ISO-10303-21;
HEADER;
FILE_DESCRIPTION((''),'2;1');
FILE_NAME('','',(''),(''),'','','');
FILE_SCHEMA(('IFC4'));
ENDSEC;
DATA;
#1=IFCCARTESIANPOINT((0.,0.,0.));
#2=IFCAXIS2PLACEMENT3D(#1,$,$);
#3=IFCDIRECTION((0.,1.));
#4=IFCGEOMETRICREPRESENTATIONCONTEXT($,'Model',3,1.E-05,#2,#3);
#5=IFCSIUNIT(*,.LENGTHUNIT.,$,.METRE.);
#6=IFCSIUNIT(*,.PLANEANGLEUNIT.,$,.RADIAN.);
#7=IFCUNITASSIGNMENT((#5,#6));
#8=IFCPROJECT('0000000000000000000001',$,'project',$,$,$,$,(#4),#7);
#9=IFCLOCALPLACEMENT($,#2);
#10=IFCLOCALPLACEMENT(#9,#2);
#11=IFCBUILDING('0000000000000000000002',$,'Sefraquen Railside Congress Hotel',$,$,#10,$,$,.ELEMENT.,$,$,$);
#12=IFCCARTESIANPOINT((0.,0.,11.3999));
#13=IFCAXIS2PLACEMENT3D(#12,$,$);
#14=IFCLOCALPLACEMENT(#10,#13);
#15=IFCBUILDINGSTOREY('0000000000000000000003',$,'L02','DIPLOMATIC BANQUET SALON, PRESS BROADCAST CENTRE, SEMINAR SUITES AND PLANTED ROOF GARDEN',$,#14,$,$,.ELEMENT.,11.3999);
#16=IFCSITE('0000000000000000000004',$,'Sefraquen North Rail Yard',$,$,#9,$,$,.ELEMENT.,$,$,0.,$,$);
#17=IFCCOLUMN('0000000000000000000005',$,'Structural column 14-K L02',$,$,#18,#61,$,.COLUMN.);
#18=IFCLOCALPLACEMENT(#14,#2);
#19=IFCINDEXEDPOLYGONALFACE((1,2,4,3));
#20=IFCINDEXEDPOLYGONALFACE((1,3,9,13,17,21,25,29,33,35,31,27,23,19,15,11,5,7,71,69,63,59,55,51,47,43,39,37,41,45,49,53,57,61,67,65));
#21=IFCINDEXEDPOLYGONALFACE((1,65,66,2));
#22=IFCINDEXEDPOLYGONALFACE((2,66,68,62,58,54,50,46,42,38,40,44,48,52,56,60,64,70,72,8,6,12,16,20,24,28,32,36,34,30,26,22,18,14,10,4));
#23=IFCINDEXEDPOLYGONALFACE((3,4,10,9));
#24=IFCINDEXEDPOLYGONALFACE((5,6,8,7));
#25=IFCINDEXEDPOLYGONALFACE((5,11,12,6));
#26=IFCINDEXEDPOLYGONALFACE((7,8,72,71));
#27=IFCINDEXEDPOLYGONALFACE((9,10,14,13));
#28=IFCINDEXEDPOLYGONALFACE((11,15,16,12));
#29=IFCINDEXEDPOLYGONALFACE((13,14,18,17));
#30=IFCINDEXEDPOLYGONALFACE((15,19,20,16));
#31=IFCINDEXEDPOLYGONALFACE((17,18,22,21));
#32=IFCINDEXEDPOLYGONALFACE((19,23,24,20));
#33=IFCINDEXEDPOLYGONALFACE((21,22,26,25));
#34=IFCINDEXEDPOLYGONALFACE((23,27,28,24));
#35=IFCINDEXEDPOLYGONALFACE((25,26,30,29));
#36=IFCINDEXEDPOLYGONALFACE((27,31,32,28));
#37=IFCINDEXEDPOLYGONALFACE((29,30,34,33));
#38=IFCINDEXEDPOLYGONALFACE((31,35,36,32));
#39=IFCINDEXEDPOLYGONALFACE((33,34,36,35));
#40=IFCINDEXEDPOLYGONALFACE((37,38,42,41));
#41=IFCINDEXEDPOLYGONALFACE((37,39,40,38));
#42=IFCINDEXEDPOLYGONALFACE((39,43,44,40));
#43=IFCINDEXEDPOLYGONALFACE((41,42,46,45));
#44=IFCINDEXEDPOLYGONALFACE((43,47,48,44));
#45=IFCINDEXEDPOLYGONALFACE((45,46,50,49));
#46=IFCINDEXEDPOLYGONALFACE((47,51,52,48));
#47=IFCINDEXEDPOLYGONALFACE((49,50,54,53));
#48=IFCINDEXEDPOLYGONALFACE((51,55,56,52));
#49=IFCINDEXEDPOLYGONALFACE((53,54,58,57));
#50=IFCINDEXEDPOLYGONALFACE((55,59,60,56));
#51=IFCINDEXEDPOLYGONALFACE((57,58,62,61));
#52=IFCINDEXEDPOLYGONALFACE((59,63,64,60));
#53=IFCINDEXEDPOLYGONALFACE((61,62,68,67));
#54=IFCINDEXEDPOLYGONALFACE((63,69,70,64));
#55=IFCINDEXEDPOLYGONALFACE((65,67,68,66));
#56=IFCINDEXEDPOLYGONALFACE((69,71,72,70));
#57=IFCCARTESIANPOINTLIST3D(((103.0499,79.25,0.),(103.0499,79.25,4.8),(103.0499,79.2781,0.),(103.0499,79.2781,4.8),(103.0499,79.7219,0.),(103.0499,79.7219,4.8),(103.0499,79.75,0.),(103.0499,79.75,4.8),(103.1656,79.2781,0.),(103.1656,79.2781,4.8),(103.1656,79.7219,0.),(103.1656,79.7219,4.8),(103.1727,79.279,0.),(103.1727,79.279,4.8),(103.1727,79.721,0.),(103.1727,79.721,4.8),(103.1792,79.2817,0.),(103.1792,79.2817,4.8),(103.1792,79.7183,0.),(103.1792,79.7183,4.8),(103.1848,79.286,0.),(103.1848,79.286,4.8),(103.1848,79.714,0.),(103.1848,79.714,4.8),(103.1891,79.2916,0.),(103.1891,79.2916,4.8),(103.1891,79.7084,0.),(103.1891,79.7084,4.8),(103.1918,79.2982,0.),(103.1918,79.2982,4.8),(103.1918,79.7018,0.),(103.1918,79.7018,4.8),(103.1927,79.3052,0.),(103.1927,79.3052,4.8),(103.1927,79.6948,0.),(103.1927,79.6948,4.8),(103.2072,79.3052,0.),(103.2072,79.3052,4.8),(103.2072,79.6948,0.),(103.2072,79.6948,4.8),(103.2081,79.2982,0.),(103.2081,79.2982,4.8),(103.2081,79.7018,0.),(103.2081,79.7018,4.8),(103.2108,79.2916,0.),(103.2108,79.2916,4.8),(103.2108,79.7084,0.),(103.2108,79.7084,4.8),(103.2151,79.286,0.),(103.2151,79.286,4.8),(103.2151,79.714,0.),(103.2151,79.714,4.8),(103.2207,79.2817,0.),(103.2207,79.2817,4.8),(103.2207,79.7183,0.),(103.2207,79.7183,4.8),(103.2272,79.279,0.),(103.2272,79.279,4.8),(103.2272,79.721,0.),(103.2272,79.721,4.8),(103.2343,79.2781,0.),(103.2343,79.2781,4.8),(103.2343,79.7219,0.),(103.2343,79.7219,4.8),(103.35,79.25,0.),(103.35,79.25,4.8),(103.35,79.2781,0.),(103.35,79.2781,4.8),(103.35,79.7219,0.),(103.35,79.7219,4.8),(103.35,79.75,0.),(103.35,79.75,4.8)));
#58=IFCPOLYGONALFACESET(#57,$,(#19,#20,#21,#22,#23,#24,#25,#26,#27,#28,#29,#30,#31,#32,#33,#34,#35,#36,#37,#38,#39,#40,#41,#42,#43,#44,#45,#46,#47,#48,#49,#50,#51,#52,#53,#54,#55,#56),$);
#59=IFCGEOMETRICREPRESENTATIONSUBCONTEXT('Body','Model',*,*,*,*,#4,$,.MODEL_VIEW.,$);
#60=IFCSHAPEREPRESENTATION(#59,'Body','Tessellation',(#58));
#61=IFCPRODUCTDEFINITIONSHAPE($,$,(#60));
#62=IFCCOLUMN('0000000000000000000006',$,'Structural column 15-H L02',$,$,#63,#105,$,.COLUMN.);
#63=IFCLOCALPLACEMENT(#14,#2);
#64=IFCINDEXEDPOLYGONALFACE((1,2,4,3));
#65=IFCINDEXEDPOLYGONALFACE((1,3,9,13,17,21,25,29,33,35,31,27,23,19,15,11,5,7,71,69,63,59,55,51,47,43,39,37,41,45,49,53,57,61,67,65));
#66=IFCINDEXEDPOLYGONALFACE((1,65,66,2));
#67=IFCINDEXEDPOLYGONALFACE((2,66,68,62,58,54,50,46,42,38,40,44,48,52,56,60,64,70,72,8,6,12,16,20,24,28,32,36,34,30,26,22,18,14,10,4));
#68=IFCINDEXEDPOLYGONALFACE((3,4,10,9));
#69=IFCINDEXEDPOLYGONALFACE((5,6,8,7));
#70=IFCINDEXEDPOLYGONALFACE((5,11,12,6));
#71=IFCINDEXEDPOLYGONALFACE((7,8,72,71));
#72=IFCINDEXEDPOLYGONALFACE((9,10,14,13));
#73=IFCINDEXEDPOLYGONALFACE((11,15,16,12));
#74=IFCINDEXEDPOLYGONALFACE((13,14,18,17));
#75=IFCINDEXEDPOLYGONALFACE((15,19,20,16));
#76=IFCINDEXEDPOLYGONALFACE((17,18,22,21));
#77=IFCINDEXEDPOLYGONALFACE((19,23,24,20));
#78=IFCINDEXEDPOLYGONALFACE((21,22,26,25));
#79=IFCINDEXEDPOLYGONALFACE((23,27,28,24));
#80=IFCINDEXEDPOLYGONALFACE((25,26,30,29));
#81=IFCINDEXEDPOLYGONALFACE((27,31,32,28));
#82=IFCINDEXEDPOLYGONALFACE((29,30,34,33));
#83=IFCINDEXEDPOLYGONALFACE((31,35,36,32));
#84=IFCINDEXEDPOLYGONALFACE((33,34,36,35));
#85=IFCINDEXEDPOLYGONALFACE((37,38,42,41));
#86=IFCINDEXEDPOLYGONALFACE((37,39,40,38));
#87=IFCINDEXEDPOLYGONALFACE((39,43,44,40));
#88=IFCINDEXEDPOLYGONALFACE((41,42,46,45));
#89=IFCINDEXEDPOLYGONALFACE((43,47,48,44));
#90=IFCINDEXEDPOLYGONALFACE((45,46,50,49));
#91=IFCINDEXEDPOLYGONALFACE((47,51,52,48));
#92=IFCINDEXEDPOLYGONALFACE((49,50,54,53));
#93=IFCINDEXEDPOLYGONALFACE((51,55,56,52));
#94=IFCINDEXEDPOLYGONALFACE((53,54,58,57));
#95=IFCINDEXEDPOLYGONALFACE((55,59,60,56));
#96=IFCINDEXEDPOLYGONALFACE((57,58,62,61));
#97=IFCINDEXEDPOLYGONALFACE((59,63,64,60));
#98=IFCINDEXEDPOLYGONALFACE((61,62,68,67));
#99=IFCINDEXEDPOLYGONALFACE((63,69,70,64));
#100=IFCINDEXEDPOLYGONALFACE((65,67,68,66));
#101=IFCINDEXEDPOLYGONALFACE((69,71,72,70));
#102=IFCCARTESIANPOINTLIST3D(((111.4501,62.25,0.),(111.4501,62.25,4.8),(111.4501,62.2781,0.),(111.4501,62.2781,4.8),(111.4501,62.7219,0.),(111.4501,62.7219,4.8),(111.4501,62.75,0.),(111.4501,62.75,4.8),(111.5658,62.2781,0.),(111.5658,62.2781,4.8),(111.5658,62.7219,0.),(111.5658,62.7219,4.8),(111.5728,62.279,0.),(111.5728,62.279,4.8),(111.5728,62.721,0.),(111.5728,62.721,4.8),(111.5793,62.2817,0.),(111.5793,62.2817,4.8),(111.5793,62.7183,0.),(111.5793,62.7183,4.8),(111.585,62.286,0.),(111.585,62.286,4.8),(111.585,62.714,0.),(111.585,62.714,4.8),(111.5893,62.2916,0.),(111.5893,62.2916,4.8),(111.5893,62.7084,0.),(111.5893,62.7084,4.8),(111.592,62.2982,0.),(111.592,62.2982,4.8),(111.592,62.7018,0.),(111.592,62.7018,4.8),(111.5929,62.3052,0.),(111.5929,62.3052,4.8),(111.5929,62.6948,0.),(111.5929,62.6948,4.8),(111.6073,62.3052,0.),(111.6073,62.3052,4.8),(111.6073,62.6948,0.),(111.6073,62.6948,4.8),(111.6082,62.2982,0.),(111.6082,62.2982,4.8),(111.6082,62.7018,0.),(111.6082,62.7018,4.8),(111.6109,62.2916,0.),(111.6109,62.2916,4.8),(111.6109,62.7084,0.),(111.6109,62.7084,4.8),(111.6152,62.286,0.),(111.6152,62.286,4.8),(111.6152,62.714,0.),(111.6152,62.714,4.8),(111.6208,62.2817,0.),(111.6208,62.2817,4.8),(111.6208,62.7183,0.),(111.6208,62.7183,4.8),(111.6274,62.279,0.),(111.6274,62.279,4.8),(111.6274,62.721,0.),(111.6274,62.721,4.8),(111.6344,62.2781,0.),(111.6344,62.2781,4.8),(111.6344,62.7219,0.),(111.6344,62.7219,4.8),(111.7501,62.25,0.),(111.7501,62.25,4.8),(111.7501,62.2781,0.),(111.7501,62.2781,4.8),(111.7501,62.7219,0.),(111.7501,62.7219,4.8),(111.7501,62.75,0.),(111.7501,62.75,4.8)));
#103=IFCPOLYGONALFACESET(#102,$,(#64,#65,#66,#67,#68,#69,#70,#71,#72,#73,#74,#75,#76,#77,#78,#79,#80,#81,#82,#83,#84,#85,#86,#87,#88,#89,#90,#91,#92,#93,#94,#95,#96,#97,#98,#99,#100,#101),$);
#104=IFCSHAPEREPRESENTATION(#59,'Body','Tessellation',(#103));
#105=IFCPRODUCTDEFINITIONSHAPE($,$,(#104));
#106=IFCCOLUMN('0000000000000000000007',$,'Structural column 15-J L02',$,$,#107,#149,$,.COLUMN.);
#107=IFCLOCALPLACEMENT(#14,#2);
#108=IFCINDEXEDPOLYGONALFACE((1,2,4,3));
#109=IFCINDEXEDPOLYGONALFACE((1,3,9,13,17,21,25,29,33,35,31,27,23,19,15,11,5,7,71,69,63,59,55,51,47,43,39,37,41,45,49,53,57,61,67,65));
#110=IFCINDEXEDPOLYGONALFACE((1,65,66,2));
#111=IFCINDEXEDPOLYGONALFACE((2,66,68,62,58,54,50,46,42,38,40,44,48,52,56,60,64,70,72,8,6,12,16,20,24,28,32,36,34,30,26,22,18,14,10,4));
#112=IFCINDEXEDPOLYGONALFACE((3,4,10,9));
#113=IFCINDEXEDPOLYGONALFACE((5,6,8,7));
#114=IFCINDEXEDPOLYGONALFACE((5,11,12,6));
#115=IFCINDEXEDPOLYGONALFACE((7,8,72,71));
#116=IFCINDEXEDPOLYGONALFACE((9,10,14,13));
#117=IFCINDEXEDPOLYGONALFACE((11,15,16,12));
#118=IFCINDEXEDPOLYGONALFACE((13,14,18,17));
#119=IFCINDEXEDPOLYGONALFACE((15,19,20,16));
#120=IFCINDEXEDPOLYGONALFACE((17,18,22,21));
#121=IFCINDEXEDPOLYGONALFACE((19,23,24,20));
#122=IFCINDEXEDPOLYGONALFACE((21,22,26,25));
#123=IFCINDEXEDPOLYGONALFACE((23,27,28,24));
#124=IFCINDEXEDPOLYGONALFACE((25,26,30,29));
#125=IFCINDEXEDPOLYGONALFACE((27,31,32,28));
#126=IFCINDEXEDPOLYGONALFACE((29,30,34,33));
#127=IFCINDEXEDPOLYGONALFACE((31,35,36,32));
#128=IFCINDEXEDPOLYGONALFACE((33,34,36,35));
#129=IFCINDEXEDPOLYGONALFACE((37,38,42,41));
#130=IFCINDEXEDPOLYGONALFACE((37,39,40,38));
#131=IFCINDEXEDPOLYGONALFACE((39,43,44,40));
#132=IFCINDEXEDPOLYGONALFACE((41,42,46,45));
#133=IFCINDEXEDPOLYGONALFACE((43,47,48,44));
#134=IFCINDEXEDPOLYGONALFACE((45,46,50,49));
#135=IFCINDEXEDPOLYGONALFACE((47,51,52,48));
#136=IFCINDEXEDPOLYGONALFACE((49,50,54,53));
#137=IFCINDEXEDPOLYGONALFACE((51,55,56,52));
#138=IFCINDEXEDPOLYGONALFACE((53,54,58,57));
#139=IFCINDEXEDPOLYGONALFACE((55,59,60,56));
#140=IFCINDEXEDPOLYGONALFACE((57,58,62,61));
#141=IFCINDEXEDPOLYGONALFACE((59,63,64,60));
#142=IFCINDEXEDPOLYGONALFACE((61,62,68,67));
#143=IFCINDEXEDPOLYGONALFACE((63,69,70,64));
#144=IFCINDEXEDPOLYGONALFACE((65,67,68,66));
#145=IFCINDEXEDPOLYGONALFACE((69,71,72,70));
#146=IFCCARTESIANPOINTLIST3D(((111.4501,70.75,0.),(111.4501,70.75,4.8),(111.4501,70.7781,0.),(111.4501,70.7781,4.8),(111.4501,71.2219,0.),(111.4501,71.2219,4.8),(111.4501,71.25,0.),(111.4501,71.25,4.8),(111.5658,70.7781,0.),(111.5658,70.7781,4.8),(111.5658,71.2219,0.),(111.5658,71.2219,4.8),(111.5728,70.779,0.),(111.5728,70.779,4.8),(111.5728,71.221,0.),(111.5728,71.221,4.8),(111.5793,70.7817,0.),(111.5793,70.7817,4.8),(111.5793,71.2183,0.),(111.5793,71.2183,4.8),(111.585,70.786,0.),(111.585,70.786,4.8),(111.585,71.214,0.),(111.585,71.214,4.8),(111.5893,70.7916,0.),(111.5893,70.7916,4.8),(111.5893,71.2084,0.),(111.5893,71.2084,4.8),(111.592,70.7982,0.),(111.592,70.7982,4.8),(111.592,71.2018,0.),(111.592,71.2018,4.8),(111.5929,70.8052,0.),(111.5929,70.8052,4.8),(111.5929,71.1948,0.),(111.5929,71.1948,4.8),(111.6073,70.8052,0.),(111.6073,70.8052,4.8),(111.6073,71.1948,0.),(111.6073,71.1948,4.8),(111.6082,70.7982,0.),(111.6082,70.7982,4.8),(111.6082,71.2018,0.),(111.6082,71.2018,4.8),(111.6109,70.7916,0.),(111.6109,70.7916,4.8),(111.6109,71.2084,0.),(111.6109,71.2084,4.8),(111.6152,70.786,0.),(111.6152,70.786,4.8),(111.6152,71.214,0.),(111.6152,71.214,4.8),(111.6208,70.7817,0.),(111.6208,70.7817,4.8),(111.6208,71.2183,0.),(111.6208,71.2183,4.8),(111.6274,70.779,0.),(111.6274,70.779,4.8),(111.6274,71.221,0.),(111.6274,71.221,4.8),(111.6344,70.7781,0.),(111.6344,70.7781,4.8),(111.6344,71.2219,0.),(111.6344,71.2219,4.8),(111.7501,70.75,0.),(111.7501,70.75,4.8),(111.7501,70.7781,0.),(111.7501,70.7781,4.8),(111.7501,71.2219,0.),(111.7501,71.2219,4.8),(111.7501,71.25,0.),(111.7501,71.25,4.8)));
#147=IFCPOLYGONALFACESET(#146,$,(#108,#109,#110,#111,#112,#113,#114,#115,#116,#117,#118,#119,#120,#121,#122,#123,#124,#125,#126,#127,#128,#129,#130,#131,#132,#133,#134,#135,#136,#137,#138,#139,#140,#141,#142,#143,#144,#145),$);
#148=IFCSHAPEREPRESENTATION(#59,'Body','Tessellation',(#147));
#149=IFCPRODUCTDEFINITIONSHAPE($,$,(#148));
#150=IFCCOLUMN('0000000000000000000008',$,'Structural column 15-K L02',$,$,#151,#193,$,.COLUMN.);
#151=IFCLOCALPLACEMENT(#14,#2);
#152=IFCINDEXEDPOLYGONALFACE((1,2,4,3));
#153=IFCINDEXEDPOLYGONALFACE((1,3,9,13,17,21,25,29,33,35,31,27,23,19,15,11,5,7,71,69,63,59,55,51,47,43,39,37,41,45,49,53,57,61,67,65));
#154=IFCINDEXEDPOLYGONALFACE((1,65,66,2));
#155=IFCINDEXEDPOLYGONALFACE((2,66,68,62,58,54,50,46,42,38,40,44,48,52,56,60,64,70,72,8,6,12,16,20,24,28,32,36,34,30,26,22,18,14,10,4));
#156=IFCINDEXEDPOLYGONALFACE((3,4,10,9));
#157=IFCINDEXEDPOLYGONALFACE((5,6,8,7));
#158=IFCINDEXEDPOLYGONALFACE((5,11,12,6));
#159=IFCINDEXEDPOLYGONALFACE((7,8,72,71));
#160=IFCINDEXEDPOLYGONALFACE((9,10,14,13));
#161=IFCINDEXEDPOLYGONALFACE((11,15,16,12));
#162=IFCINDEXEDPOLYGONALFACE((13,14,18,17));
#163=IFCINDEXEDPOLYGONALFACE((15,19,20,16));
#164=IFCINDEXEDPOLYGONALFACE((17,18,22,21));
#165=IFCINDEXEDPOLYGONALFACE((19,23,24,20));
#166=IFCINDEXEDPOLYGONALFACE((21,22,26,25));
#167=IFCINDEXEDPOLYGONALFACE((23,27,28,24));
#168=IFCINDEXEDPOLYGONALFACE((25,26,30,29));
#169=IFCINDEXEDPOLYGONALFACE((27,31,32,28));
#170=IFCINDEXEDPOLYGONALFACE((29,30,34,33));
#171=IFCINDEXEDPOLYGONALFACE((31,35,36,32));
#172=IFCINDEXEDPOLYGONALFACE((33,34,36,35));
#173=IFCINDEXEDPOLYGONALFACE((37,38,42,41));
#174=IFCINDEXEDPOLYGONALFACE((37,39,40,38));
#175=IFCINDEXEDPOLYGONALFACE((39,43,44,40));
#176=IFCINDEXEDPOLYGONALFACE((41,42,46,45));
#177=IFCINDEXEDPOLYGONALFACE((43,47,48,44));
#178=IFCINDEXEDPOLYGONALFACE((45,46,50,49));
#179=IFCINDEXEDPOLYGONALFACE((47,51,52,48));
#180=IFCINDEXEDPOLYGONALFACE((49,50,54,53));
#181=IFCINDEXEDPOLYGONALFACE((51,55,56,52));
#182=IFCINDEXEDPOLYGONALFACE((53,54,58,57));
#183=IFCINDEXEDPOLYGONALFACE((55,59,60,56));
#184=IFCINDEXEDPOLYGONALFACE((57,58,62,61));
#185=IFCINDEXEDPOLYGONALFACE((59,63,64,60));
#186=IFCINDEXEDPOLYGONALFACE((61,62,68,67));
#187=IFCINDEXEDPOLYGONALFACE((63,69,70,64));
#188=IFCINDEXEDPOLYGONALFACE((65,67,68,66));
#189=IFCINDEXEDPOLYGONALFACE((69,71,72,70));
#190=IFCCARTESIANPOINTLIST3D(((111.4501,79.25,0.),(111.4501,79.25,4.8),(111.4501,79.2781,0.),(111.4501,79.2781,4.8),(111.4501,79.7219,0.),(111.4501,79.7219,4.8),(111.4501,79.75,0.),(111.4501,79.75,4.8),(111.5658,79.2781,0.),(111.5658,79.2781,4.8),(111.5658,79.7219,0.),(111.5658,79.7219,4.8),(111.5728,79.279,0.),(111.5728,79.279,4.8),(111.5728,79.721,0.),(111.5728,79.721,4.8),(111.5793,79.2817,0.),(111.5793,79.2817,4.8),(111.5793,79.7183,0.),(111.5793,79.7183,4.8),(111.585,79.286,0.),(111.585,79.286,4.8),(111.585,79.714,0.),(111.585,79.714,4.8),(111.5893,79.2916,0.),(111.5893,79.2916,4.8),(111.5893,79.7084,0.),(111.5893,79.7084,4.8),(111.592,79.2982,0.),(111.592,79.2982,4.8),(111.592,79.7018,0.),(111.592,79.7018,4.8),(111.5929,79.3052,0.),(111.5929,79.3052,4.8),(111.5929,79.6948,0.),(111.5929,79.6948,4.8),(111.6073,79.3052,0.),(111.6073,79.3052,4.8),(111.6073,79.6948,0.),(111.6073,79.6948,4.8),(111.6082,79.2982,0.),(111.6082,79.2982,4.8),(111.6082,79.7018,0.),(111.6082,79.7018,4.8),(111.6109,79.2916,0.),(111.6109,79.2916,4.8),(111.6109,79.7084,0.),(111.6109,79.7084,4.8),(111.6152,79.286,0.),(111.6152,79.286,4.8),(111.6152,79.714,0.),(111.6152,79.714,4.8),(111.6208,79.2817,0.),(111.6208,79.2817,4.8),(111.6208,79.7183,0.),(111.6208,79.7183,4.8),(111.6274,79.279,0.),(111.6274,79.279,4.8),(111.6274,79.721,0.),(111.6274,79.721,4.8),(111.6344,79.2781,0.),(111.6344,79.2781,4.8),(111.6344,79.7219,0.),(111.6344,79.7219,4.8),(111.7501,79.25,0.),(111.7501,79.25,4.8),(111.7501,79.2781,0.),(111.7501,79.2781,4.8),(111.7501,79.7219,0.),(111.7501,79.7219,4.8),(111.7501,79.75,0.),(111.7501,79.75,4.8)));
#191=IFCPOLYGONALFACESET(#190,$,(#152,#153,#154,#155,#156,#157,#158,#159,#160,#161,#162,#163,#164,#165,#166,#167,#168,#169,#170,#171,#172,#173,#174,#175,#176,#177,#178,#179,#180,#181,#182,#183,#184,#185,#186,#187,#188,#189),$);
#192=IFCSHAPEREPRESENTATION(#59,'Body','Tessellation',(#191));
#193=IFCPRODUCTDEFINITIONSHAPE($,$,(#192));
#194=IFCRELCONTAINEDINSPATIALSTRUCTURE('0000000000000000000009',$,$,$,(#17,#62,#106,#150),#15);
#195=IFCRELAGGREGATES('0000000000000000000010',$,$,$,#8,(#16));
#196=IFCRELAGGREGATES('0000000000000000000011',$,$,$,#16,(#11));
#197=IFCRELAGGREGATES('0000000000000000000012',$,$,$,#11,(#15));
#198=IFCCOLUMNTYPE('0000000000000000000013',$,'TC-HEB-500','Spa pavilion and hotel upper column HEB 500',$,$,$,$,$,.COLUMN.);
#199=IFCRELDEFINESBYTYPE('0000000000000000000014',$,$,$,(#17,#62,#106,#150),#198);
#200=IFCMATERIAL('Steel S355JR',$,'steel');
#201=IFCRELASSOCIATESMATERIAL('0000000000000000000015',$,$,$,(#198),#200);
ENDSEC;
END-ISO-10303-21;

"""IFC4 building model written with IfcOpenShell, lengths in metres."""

from ifc_helpers import new_model, si_unit, direction, frame, origin, origin_2d, place, context, subcontext, project, spatial, i_section, extrude, material, material_profile, profile_set, type_object, element, save


model = new_model("IFC4")

# Units and contexts
model_context = context("Model", 3, precision=1e-05, world=origin(), true_north=direction((0.0, 1.0)))
body_context = subcontext(model_context, "Body", "Model", "MODEL_VIEW")
ifc_project = project(units=[si_unit("LENGTHUNIT", "METRE"), si_unit("PLANEANGLEUNIT", "RADIAN")], contexts=[model_context])

# Site, building, storey
site_placement = place(None, origin())
site = spatial("IfcSite", under=ifc_project, at=site_placement, Name="Sefraquen North Rail Yard", CompositionType="ELEMENT", RefElevation=0.0)
building_placement = place(site_placement, origin())
building = spatial("IfcBuilding", under=site, at=building_placement, Name="Sefraquen Railside Congress Hotel", CompositionType="ELEMENT")
storey_placement = place(building_placement, frame((0.0, 0.0, 11.3999)))
storey = spatial("IfcBuildingStorey", under=building, at=storey_placement, Name="L02", Description="DIPLOMATIC BANQUET SALON, PRESS BROADCAST CENTRE, SEMINAR SUITES AND PLANTED ROOF GARDEN", CompositionType="ELEMENT", Elevation=11.3999)

# Columns
ifc_material_1 = material(Name="Steel S355JR", Category="steel")
ifc_material_profile_1 = material_profile(ifc_material_1, i_section(OverallWidth=0.3, OverallDepth=0.5, WebThickness=0.0144, FlangeThickness=0.0281, FilletRadius=0.0271, at=origin_2d()), Name="HEB 500")
ifc_profile_set_1 = profile_set([ifc_material_profile_1], Name="Steel S355JR")
column_type = type_object("IfcColumnType", Name="TC-HEB-500", Description="Spa pavilion and hotel upper column HEB 500", PredefinedType="COLUMN", material=ifc_profile_set_1)
for number, where, z_axis, x_axis, name in (
    (1, (103.2, 79.5, 0.0), (0.0, 0.0, 1.0), (1.0, 0.0, 0.0), "Structural column 14-K L02"),
    (2, (111.6001, 62.5, 0.0), (0.0, 0.0, 1.0), (1.0, 0.0, 0.0), "Structural column 15-H L02"),
    (3, (111.6001, 71.0, 0.0), (0.0, 0.0, 1.0), (1.0, 0.0, 0.0), "Structural column 15-J L02"),
    (4, (111.6001, 79.5, 0.0), (0.0, 0.0, 1.0), (1.0, 0.0, 0.0), "Structural column 15-K L02"),
):
    element("IfcColumn", number, at=place(storey_placement, frame(where, z_axis=z_axis, x_axis=x_axis)), inside=storey, type_object=column_type, Name=name, PredefinedType="COLUMN", context=body_context, shape_type="SweptSolid", body=[
        extrude(i_section(OverallWidth=0.3, OverallDepth=0.5, WebThickness=0.0144, FlangeThickness=0.0281, FilletRadius=0.0271, at=origin_2d()), origin(), (0.0, 0.0, 1.0), 4.8),
    ])

save(model, "model.ifc")
